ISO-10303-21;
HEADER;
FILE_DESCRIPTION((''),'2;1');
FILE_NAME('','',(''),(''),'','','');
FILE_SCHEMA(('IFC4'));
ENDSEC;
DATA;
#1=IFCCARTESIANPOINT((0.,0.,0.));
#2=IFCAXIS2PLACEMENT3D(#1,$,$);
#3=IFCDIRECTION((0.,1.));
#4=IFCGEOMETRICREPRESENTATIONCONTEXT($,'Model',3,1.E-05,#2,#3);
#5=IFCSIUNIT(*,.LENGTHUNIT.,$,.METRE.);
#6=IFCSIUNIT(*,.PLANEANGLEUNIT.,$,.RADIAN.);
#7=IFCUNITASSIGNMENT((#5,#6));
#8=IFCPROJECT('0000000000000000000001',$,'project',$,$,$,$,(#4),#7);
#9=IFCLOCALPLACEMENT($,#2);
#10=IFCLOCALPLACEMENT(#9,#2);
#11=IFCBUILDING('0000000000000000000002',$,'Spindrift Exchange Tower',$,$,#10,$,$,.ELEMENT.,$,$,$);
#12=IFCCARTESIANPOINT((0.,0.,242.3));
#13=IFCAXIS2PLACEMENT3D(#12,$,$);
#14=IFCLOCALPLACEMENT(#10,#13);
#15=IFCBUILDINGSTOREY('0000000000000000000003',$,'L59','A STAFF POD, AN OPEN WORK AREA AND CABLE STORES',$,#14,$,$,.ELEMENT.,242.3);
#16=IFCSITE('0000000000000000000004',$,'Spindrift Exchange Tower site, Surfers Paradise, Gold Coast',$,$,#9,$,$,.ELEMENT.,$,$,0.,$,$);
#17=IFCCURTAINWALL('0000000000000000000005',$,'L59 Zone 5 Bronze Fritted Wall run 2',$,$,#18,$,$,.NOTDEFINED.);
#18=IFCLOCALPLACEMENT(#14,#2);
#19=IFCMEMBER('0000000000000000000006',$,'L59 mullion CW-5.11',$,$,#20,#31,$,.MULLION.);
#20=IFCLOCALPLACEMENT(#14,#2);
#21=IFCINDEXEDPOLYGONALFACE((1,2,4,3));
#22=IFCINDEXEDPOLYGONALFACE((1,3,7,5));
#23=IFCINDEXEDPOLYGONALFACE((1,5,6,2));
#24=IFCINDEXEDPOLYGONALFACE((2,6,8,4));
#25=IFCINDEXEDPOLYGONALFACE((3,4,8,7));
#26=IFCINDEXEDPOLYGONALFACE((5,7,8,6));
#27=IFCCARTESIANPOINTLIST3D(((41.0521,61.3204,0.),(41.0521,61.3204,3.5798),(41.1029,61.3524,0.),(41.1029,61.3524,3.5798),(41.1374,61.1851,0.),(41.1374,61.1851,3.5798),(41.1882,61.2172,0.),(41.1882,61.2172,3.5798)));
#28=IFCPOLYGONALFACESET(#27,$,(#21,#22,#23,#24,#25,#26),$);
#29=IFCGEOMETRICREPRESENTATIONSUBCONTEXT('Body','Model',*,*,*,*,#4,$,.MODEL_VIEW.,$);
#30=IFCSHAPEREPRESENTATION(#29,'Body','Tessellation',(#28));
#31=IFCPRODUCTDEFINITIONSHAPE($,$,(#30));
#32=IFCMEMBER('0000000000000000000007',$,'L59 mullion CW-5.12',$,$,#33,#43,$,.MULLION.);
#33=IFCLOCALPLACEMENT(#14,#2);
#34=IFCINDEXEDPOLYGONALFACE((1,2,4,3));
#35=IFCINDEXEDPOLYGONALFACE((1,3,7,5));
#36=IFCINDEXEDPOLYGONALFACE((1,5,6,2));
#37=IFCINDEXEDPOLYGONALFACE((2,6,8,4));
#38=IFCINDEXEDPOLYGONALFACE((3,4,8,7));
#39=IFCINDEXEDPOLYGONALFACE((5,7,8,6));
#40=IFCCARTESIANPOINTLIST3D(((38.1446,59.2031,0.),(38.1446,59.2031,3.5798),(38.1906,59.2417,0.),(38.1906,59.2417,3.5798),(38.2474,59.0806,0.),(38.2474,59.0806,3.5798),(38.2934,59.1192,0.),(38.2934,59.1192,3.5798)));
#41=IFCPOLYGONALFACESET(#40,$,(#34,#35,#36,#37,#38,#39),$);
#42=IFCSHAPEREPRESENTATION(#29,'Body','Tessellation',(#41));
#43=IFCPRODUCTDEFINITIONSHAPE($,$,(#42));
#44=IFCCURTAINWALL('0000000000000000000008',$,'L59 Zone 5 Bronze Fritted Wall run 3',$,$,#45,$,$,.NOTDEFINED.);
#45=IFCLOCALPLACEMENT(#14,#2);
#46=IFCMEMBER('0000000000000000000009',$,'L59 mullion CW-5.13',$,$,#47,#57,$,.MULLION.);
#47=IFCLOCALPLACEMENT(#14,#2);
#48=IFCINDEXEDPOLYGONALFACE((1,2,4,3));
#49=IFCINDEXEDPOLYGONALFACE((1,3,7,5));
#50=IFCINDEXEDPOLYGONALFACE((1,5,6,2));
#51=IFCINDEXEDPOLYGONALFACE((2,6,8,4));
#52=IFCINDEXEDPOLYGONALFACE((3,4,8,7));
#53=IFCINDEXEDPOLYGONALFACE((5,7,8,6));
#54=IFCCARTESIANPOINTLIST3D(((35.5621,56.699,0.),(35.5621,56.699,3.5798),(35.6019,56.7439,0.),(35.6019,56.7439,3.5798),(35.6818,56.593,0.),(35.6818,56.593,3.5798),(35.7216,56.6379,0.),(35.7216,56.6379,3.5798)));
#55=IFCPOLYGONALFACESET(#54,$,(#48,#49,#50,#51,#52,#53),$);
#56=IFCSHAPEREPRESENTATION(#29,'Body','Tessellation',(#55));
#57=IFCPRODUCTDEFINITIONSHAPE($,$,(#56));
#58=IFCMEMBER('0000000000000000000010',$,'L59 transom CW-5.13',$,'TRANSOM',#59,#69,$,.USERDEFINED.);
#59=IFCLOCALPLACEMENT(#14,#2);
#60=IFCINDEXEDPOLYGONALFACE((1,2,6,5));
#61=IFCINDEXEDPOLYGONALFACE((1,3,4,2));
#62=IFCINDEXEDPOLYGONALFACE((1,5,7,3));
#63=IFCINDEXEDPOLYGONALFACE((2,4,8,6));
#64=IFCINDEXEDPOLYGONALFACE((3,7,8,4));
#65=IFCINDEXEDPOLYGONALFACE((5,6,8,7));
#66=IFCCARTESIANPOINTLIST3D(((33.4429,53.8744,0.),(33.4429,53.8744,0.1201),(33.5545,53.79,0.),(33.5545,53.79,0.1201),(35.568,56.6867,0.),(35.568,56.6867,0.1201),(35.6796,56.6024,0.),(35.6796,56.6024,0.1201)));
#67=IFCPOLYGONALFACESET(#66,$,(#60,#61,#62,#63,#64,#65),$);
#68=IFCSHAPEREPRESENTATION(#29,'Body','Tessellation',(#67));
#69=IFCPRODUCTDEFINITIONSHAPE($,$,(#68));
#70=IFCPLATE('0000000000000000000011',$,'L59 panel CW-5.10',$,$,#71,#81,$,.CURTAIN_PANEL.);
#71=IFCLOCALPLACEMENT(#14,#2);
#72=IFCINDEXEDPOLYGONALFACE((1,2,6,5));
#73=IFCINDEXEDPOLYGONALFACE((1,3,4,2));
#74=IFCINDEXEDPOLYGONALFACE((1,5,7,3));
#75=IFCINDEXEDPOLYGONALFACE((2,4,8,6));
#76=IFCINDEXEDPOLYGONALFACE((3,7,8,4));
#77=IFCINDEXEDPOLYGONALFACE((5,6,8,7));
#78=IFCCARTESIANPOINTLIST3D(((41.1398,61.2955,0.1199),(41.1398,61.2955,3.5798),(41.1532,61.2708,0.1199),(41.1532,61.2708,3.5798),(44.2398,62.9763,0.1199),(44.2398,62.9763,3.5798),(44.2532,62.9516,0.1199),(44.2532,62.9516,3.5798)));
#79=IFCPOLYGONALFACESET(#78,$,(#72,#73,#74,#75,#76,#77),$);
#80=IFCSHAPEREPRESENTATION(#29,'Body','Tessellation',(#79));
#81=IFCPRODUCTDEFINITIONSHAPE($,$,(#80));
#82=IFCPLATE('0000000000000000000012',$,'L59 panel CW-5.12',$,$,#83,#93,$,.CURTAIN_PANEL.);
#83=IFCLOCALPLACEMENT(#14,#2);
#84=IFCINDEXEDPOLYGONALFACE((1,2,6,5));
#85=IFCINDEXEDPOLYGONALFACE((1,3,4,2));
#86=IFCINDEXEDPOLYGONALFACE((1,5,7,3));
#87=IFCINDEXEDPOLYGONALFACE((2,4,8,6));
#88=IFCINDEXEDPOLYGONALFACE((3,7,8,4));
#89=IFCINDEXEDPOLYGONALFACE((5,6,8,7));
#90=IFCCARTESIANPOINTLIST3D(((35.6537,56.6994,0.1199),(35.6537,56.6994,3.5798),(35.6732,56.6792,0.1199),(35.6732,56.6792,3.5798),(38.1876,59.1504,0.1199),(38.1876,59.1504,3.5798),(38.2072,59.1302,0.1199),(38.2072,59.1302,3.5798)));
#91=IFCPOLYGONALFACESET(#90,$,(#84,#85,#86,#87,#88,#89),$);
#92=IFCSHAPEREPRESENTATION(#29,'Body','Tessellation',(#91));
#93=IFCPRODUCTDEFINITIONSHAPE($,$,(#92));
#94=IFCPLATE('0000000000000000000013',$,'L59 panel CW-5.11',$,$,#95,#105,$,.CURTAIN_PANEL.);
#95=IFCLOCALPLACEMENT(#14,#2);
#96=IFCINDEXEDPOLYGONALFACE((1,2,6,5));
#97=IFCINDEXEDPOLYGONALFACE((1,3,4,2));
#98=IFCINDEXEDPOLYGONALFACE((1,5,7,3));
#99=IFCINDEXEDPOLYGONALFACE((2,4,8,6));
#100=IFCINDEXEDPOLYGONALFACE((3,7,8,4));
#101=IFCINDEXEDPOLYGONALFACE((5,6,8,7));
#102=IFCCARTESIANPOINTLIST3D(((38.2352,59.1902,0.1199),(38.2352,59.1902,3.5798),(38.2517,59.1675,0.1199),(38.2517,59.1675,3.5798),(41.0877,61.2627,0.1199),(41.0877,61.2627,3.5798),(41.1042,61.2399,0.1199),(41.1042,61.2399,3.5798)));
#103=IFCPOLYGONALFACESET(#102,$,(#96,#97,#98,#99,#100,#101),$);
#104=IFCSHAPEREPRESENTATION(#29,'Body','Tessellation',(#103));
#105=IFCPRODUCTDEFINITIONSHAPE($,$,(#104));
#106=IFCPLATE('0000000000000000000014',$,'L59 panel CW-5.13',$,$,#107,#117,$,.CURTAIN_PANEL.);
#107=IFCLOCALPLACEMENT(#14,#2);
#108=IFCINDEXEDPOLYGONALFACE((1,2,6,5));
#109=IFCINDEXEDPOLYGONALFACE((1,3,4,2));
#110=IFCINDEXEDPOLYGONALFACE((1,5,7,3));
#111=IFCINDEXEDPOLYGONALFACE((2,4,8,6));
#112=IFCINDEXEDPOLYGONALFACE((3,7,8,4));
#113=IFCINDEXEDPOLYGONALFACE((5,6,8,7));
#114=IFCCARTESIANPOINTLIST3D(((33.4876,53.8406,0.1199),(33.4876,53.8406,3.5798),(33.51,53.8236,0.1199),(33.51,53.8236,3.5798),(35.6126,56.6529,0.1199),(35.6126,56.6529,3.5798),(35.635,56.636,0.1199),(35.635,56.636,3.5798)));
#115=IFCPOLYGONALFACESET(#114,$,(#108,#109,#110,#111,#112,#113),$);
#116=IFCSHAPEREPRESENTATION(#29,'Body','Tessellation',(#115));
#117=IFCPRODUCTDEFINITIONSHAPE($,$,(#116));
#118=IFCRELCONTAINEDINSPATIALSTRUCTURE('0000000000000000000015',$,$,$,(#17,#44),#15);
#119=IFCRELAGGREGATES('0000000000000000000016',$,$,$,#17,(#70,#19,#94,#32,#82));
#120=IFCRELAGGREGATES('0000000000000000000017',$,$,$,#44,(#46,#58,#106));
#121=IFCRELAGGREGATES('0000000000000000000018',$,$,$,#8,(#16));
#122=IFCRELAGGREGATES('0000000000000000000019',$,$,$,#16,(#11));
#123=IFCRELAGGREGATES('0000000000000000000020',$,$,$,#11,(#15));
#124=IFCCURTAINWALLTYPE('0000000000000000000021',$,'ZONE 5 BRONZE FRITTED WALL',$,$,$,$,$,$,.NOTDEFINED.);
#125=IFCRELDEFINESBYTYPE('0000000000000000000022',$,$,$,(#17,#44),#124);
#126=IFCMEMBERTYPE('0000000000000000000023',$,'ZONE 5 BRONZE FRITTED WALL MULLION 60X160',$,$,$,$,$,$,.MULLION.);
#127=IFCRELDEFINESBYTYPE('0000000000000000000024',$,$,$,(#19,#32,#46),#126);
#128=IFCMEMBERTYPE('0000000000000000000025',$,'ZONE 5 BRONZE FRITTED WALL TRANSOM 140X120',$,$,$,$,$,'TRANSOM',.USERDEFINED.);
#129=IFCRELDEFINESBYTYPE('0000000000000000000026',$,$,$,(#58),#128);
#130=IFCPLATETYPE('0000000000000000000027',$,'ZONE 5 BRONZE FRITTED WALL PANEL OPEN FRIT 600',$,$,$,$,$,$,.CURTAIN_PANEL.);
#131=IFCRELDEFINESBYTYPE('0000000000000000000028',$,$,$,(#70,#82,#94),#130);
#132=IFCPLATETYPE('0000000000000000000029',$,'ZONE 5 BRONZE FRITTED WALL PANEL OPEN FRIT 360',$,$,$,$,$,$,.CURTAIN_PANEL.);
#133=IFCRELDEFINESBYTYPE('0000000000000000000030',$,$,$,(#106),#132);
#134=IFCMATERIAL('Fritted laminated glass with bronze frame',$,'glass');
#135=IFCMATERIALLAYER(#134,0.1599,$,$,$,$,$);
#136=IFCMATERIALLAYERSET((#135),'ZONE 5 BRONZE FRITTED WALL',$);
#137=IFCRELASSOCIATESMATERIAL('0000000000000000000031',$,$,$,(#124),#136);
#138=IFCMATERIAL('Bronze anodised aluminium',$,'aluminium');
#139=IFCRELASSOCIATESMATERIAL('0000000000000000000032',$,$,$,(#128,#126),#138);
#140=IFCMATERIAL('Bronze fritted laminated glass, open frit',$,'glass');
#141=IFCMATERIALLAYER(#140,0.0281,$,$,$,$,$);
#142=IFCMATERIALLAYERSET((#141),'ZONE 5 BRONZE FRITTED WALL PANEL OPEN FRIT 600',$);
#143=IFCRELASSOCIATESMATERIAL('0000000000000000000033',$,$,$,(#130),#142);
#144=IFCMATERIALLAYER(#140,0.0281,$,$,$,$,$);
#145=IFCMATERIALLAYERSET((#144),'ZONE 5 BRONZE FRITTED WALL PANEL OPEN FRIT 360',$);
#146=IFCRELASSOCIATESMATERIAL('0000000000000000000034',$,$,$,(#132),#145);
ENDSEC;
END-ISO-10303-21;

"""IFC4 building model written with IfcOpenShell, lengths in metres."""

from ifc_helpers import new_model, si_unit, direction, frame, origin, origin_2d, place, context, subcontext, project, spatial, rectangle, extrude, source, transform, mapped, material, layer, layer_set, material_profile, profile_set, type_object, element, aggregate, save


model = new_model("IFC4")

# Units and contexts
model_context = context("Model", 3, precision=1e-05, world=origin(), true_north=direction((0.0, 1.0)))
body_context = subcontext(model_context, "Body", "Model", "MODEL_VIEW")
ifc_project = project(units=[si_unit("LENGTHUNIT", "METRE"), si_unit("PLANEANGLEUNIT", "RADIAN")], contexts=[model_context])

# Site, building, storey
site_placement = place(None, origin())
site = spatial("IfcSite", under=ifc_project, at=site_placement, Name="Spindrift Exchange Tower site, Surfers Paradise, Gold Coast", CompositionType="ELEMENT", RefElevation=0.0)
building_placement = place(site_placement, origin())
building = spatial("IfcBuilding", under=site, at=building_placement, Name="Spindrift Exchange Tower", CompositionType="ELEMENT")
storey_placement = place(building_placement, frame((0.0, 0.0, 242.3)))
storey = spatial("IfcBuildingStorey", under=building, at=storey_placement, Name="L59", Description="A STAFF POD, AN OPEN WORK AREA AND CABLE STORES", CompositionType="ELEMENT", Elevation=242.3)

# Curtain walls, members
ifc_material_1 = material(Name="Fritted laminated glass with bronze frame", Category="glass")
ifc_layer_1 = layer(ifc_material_1, 0.1599)
ifc_layer_set_1 = layer_set([ifc_layer_1], Name="ZONE 5 BRONZE FRITTED WALL")
curtain_wall_type = type_object("IfcCurtainWallType", Name="ZONE 5 BRONZE FRITTED WALL", PredefinedType="NOTDEFINED", material=ifc_layer_set_1)
curtain_wall_1_placement = place(storey_placement, origin())
curtain_wall_1 = element("IfcCurtainWall", 1, at=curtain_wall_1_placement, inside=storey, type_object=curtain_wall_type, Name="L59 Zone 5 Bronze Fritted Wall run 2", PredefinedType="NOTDEFINED")
ifc_material_2 = material(Name="Bronze anodised aluminium", Category="aluminium")
ifc_material_profile_1 = material_profile(ifc_material_2, rectangle(XDim=0.1399, YDim=0.1201, at=origin_2d()), Name="ZONE 5 BRONZE FRITTED WALL TRANSOM 140X120")
ifc_profile_set_1 = profile_set([ifc_material_profile_1], Name="Bronze anodised aluminium")
member_type_1 = type_object("IfcMemberType", Name="ZONE 5 BRONZE FRITTED WALL TRANSOM 140X120", ElementType="TRANSOM", PredefinedType="USERDEFINED", material=ifc_profile_set_1)
ifc_material_profile_2 = material_profile(ifc_material_2, rectangle(XDim=0.0601, YDim=0.1599, at=origin_2d()), Name="ZONE 5 BRONZE FRITTED WALL MULLION 60X160")
ifc_profile_set_2 = profile_set([ifc_material_profile_2], Name="Bronze anodised aluminium")
member_type_2 = type_object("IfcMemberType", Name="ZONE 5 BRONZE FRITTED WALL MULLION 60X160", PredefinedType="MULLION", material=ifc_profile_set_2)
shared_shape_1 = source(origin(), body_context, "Body", "SweptSolid", [
    extrude(rectangle(XDim=0.0601, YDim=0.1599, at=origin_2d()), origin(), (0.0, 0.0, 1.0), 3.5798),
])
member_1_placement = place(storey_placement, frame((41.1201, 61.2688, 0.0), z_axis=(0.0, 0.0, 1.0), x_axis=(-0.845888, -0.533361, 0.0)))
member_1 = element("IfcMember", 2, at=member_1_placement, type_object=member_type_2, Name="L59 mullion CW-5.11", PredefinedType="MULLION", context=body_context, shape_type="MappedRepresentation", body=[
    mapped(shared_shape_1, transform((0.0, 0.0, 0.0), scale=1.0)),
])
member_2_placement = place(storey_placement, frame((38.219, 59.1611, 0.0), z_axis=(0.0, 0.0, 1.0), x_axis=(-0.76579, -0.643091, 0.0)))
member_2 = element("IfcMember", 3, at=member_2_placement, type_object=member_type_2, Name="L59 mullion CW-5.12", PredefinedType="MULLION", context=body_context, shape_type="MappedRepresentation", body=[
    mapped(shared_shape_1, transform((0.0, 0.0, 0.0), scale=1.0)),
])
curtain_wall_2_placement = place(storey_placement, origin())
curtain_wall_2 = element("IfcCurtainWall", 4, at=curtain_wall_2_placement, inside=storey, type_object=curtain_wall_type, Name="L59 Zone 5 Bronze Fritted Wall run 3", PredefinedType="NOTDEFINED")
member_3_placement = place(storey_placement, frame((35.6418, 56.6685, 0.0), z_axis=(0.0, 0.0, 1.0), x_axis=(-0.662806, -0.748791, 0.0)))
member_3 = element("IfcMember", 5, at=member_3_placement, type_object=member_type_2, Name="L59 mullion CW-5.13", PredefinedType="MULLION", context=body_context, shape_type="MappedRepresentation", body=[
    mapped(shared_shape_1, transform((0.0, 0.0, 0.0), scale=1.0)),
])
shared_shape_2 = source(origin(), body_context, "Body", "SweptSolid", [
    extrude(rectangle(XDim=0.1399, YDim=0.1201, at=origin_2d()), origin(), (0.0, 0.0, 1.0), 3.5249),
])
member_4_placement = place(storey_placement, frame((35.6238, 56.6445, 0.0601), z_axis=(-0.602866, -0.797842, 0.0), x_axis=(0.797842, -0.602866, 0.0)))
member_4 = element("IfcMember", 6, at=member_4_placement, type_object=member_type_1, Name="L59 transom CW-5.13", ObjectType="TRANSOM", PredefinedType="USERDEFINED", context=body_context, shape_type="MappedRepresentation", body=[
    mapped(shared_shape_2, transform((0.0, 0.0, 0.0), scale=1.0)),
])

# Plates
ifc_material_3 = material(Name="Bronze fritted laminated glass, open frit", Category="glass")
ifc_layer_2 = layer(ifc_material_3, 0.0281)
ifc_layer_set_2 = layer_set([ifc_layer_2], Name="ZONE 5 BRONZE FRITTED WALL PANEL OPEN FRIT 600")
plate_type_1 = type_object("IfcPlateType", Name="ZONE 5 BRONZE FRITTED WALL PANEL OPEN FRIT 600", PredefinedType="CURTAIN_PANEL", material=ifc_layer_set_2)
shared_shape_3 = source(origin(), body_context, "Body", "SweptSolid", [
    extrude(rectangle(XDim=3.5264, YDim=0.0281, at=origin_2d()), origin(), (0.0, 0.0, 1.0), 3.46),
])
plate_1_placement = place(storey_placement, frame((42.6965, 62.1235, 0.1199), z_axis=(0.0, 0.0, 1.0), x_axis=(-0.879095, -0.476646, 0.0)))
plate_1 = element("IfcPlate", 7, at=plate_1_placement, type_object=plate_type_1, Name="L59 panel CW-5.10", PredefinedType="CURTAIN_PANEL", context=body_context, shape_type="MappedRepresentation", body=[
    mapped(shared_shape_3, transform((0.0, 0.0, 0.0), scale=1.0)),
])
shared_shape_4 = source(origin(), body_context, "Body", "SweptSolid", [
    extrude(rectangle(XDim=3.5254, YDim=0.0281, at=origin_2d()), origin(), (0.0, 0.0, 1.0), 3.46),
])
plate_2_placement = place(storey_placement, frame((36.9304, 57.9148, 0.1199), z_axis=(0.0, 0.0, 1.0), x_axis=(-0.718778, -0.695239, 0.0)))
plate_2 = element("IfcPlate", 8, at=plate_2_placement, type_object=plate_type_1, Name="L59 panel CW-5.12", PredefinedType="CURTAIN_PANEL", context=body_context, shape_type="MappedRepresentation", body=[
    mapped(shared_shape_4, transform((0.0, 0.0, 0.0), scale=1.0)),
])
shared_shape_5 = source(origin(), body_context, "Body", "SweptSolid", [
    extrude(rectangle(XDim=3.5259, YDim=0.0281, at=origin_2d()), origin(), (0.0, 0.0, 1.0), 3.46),
])
plate_3_placement = place(storey_placement, frame((39.6697, 60.2151, 0.1199), z_axis=(0.0, 0.0, 1.0), x_axis=(-0.809026, -0.587773, 0.0)))
plate_3 = element("IfcPlate", 9, at=plate_3_placement, type_object=plate_type_1, Name="L59 panel CW-5.11", PredefinedType="CURTAIN_PANEL", context=body_context, shape_type="MappedRepresentation", body=[
    mapped(shared_shape_5, transform((0.0, 0.0, 0.0), scale=1.0)),
])
aggregate(curtain_wall_1, [plate_1, member_1, plate_3, member_2, plate_2])
ifc_layer_3 = layer(ifc_material_3, 0.0281)
ifc_layer_set_3 = layer_set([ifc_layer_3], Name="ZONE 5 BRONZE FRITTED WALL PANEL OPEN FRIT 360")
plate_type_2 = type_object("IfcPlateType", Name="ZONE 5 BRONZE FRITTED WALL PANEL OPEN FRIT 360", PredefinedType="CURTAIN_PANEL", material=ifc_layer_set_3)
shared_shape_6 = source(origin(), body_context, "Body", "SweptSolid", [
    extrude(rectangle(XDim=3.5249, YDim=0.0281, at=origin_2d()), origin(), (0.0, 0.0, 1.0), 3.46),
])
plate_4_placement = place(storey_placement, frame((34.5613, 55.2383, 0.1199), z_axis=(0.0, 0.0, 1.0), x_axis=(-0.602857, -0.797849, 0.0)))
plate_4 = element("IfcPlate", 10, at=plate_4_placement, type_object=plate_type_2, Name="L59 panel CW-5.13", PredefinedType="CURTAIN_PANEL", context=body_context, shape_type="MappedRepresentation", body=[
    mapped(shared_shape_6, transform((0.0, 0.0, 0.0), scale=1.0)),
])
aggregate(curtain_wall_2, [member_3, member_4, plate_4])

save(model, "model.ifc")
